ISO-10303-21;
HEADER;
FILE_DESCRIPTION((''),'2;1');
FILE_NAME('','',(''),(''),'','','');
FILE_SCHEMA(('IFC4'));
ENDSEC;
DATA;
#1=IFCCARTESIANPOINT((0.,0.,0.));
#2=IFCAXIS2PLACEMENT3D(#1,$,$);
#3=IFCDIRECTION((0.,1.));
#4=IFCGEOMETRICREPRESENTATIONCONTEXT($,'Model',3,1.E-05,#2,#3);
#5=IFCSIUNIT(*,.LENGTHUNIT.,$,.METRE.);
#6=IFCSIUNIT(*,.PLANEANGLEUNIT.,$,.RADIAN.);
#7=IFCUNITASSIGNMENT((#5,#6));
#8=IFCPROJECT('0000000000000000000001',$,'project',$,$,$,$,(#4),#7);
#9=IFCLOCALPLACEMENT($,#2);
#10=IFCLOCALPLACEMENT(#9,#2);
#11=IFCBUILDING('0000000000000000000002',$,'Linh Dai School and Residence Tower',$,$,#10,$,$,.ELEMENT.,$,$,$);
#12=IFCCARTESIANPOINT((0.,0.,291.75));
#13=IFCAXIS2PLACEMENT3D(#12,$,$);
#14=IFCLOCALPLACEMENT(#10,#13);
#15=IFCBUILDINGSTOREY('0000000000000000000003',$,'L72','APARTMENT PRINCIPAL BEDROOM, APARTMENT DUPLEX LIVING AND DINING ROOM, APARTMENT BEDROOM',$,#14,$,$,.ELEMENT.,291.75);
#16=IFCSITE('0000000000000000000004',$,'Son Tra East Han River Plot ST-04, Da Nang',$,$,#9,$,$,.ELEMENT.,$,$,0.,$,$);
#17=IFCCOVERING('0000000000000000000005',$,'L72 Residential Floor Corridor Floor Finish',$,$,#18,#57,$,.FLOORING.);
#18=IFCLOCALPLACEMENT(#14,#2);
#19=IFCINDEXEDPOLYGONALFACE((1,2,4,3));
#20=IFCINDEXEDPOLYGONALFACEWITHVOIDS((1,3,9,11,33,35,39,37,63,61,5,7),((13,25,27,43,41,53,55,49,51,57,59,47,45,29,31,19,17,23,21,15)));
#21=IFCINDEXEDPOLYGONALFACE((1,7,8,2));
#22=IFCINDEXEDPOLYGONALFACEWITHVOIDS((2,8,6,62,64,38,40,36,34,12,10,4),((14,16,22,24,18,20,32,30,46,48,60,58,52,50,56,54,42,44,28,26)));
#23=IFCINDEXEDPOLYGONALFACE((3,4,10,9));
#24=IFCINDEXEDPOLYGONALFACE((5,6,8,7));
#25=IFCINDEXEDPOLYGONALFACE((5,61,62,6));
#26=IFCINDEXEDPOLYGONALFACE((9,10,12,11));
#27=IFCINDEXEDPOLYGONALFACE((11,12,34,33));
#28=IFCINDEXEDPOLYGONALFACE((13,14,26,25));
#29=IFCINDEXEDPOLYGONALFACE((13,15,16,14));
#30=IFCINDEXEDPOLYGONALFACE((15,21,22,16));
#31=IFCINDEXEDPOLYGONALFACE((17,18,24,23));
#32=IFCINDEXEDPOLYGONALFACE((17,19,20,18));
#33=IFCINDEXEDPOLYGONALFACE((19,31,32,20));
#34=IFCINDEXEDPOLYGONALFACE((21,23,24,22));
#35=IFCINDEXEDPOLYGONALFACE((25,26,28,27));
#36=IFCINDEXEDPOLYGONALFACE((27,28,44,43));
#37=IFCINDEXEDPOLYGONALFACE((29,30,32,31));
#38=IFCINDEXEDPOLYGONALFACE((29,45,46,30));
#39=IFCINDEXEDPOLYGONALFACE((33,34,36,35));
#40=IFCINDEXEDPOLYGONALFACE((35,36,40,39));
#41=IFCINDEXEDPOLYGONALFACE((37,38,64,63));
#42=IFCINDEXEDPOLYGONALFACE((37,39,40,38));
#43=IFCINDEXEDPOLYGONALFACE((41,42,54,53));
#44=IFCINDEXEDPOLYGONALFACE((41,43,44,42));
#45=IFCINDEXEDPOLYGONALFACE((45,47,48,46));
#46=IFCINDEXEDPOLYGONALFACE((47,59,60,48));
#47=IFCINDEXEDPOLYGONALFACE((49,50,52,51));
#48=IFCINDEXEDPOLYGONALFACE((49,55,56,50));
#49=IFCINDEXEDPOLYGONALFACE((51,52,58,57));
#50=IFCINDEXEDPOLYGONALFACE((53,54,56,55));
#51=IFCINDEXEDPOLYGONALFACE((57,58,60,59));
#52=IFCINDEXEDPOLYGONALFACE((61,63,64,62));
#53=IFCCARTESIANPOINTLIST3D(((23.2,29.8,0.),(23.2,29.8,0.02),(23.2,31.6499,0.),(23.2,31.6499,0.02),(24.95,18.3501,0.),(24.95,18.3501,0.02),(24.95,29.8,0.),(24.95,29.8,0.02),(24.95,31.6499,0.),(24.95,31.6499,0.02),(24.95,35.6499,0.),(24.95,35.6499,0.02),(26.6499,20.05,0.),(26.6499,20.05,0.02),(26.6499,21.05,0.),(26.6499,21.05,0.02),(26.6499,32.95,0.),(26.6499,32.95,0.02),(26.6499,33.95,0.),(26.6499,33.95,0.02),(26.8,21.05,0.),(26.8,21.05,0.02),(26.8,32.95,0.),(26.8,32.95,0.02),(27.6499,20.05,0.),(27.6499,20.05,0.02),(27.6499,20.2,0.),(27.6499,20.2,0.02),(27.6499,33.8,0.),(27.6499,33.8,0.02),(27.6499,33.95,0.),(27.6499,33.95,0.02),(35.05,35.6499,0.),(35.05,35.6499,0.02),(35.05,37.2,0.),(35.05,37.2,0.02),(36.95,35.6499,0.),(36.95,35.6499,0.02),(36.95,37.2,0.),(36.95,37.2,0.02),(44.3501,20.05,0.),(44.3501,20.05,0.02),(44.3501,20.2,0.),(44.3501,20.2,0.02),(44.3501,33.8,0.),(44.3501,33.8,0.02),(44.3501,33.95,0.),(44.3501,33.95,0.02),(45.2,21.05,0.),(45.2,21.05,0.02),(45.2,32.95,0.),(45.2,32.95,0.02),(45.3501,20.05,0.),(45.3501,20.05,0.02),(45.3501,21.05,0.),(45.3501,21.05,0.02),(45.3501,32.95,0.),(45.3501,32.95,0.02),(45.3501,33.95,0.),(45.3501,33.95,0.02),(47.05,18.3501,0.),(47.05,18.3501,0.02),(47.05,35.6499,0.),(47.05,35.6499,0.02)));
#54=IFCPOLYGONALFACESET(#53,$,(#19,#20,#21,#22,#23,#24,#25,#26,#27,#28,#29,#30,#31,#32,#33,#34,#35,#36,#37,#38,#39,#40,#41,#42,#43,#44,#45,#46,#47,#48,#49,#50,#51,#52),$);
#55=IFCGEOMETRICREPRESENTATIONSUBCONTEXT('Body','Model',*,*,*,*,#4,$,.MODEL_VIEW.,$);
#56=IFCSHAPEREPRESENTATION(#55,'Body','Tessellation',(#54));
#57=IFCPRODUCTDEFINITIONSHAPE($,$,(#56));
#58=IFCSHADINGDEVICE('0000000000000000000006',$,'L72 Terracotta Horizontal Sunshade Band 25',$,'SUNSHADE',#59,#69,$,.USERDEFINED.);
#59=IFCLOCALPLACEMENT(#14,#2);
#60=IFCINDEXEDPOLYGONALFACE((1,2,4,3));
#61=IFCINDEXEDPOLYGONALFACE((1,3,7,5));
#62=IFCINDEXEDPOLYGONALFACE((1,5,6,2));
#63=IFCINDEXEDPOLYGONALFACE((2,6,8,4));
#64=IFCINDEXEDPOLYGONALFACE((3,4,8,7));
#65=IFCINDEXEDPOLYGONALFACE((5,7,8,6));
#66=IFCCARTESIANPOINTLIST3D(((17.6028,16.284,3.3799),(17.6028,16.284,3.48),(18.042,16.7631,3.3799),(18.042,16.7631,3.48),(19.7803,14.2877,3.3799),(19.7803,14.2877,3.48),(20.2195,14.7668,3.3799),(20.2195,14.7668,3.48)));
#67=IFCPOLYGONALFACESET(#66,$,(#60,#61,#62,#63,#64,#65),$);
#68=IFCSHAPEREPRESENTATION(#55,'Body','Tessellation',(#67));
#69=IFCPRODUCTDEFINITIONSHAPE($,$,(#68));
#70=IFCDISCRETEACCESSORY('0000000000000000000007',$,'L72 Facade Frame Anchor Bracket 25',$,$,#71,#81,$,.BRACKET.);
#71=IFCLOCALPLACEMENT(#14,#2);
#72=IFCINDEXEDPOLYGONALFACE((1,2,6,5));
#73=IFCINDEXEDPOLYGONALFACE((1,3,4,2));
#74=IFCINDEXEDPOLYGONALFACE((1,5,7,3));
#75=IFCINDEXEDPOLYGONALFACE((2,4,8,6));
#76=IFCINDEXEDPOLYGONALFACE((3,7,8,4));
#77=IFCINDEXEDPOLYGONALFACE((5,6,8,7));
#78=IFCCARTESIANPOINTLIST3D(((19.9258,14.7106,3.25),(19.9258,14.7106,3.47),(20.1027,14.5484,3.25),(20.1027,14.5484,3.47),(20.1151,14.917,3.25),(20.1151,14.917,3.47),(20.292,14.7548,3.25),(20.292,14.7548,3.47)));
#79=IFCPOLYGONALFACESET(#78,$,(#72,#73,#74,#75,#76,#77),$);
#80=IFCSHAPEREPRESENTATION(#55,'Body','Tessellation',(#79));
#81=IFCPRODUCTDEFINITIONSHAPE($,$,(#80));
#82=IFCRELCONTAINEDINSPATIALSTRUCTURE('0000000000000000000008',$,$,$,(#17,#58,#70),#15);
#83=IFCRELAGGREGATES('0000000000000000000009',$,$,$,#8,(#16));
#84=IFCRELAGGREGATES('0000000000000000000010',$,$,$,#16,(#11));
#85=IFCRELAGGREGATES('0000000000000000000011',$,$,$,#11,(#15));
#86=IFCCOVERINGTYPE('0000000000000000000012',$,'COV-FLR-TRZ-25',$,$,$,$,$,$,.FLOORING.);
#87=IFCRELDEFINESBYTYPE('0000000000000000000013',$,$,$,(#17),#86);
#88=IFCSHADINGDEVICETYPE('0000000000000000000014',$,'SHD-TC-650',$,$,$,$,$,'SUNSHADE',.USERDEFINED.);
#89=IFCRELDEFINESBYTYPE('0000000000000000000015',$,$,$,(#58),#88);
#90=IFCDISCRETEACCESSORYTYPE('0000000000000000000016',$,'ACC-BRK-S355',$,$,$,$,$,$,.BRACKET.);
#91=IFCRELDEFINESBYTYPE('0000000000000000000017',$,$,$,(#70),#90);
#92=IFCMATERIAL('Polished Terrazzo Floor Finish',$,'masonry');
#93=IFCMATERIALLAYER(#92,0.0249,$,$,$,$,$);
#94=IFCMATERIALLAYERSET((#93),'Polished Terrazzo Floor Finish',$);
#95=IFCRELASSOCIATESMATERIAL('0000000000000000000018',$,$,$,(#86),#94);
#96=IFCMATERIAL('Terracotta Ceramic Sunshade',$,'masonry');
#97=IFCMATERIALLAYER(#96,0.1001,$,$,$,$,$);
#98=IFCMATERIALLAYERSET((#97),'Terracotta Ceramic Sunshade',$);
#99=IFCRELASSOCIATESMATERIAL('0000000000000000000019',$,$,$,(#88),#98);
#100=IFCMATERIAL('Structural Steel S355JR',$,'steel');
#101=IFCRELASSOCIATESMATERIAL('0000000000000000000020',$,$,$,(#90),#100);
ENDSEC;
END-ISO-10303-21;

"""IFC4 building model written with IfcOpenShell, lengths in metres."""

from ifc_helpers import new_model, si_unit, direction, frame, origin, origin_2d, place, context, subcontext, project, spatial, polyline, rectangle, outline, extrude, source, transform, mapped, material, layer, layer_set, type_object, element, save


model = new_model("IFC4")

# Units and contexts
model_context = context("Model", 3, precision=1e-05, world=origin(), true_north=direction((0.0, 1.0)))
body_context = subcontext(model_context, "Body", "Model", "MODEL_VIEW")
ifc_project = project(units=[si_unit("LENGTHUNIT", "METRE"), si_unit("PLANEANGLEUNIT", "RADIAN")], contexts=[model_context])

# Site, building, storey
site_placement = place(None, origin())
site = spatial("IfcSite", under=ifc_project, at=site_placement, Name="Son Tra East Han River Plot ST-04, Da Nang", CompositionType="ELEMENT", RefElevation=0.0)
building_placement = place(site_placement, origin())
building = spatial("IfcBuilding", under=site, at=building_placement, Name="Linh Dai School and Residence Tower", CompositionType="ELEMENT")
storey_placement = place(building_placement, frame((0.0, 0.0, 291.75)))
storey = spatial("IfcBuildingStorey", under=building, at=storey_placement, Name="L72", Description="APARTMENT PRINCIPAL BEDROOM, APARTMENT DUPLEX LIVING AND DINING ROOM, APARTMENT BEDROOM", CompositionType="ELEMENT", Elevation=291.75)

# Shared definitions
ifc_material_1 = material(Name="Structural Steel S355JR", Category="steel")

# Covering
ifc_material_2 = material(Name="Polished Terrazzo Floor Finish", Category="masonry")
ifc_layer_1 = layer(ifc_material_2, 0.0249)
ifc_layer_set_1 = layer_set([ifc_layer_1], Name="Polished Terrazzo Floor Finish")
covering_type_1 = type_object("IfcCoveringType", Name="COV-FLR-TRZ-25", PredefinedType="FLOORING", material=ifc_layer_set_1)
covering_1_placement = place(storey_placement, origin())
element("IfcCovering", 1, at=covering_1_placement, inside=storey, type_object=covering_type_1, Name="L72 Residential Floor Corridor Floor Finish", PredefinedType="FLOORING", context=body_context, shape_type="SweptSolid", body=[
    extrude(outline(polyline([(23.2, 31.6499), (24.95, 31.6499), (24.95, 35.6499), (35.05, 35.6499), (35.05, 37.2), (36.95, 37.2), (36.95, 35.6499), (47.05, 35.6499), (47.05, 18.3501), (24.95, 18.3501), (24.95, 29.8), (23.2, 29.8), (23.2, 31.6499)]), holes=[polyline([(27.6499, 33.8), (27.6499, 33.95), (26.6499, 33.95), (26.6499, 32.95), (26.8, 32.95), (26.8, 21.05), (26.6499, 21.05), (26.6499, 20.05), (27.6499, 20.05), (27.6499, 20.2), (44.3501, 20.2), (44.3501, 20.05), (45.3501, 20.05), (45.3501, 21.05), (45.2, 21.05), (45.2, 32.95), (45.3501, 32.95), (45.3501, 33.95), (44.3501, 33.95), (44.3501, 33.8), (27.6499, 33.8)])]), origin(), (0.0, 0.0, 1.0), 0.02),
])

# Shading device
ifc_material_3 = material(Name="Terracotta Ceramic Sunshade", Category="masonry")
ifc_layer_2 = layer(ifc_material_3, 0.1001)
ifc_layer_set_2 = layer_set([ifc_layer_2], Name="Terracotta Ceramic Sunshade")
shading_device_type = type_object("IfcShadingDeviceType", Name="SHD-TC-650", ElementType="SUNSHADE", PredefinedType="USERDEFINED", material=ifc_layer_set_2)
shared_shape_1 = source(origin(), body_context, "Body", "SweptSolid", [
    extrude(rectangle(XDim=2.9541, YDim=0.6499, at=origin_2d()), origin(), (0.0, 0.0, 1.0), 0.1001),
])
shading_device_placement = place(storey_placement, frame((18.9111, 15.5254, 3.3799), z_axis=(0.0, 0.0, 1.0), x_axis=(-0.737104, 0.675779, 0.0)))
element("IfcShadingDevice", 2, at=shading_device_placement, inside=storey, type_object=shading_device_type, Name="L72 Terracotta Horizontal Sunshade Band 25", ObjectType="SUNSHADE", PredefinedType="USERDEFINED", context=body_context, shape_type="MappedRepresentation", body=[
    mapped(shared_shape_1, transform((0.0, 0.0, 0.0), x_axis=(1.0, 0.0, 0.0), y_axis=(0.0, 1.0, 0.0), z_axis=(0.0, 0.0, 1.0), scale=1.0)),
])

# Discrete accessory
discrete_accessory_type = type_object("IfcDiscreteAccessoryType", Name="ACC-BRK-S355", PredefinedType="BRACKET", material=ifc_material_1)
shared_shape_2 = source(origin(), body_context, "Body", "SweptSolid", [
    extrude(rectangle(XDim=0.28, YDim=0.24, at=origin_2d()), origin(), (0.0, 0.0, 1.0), 0.22),
])
discrete_accessory_placement = place(storey_placement, frame((20.1089, 14.7327, 3.25), z_axis=(0.0, 0.0, 1.0), x_axis=(-0.675779, -0.737104, 0.0)))
element("IfcDiscreteAccessory", 3, at=discrete_accessory_placement, inside=storey, type_object=discrete_accessory_type, Name="L72 Facade Frame Anchor Bracket 25", PredefinedType="BRACKET", context=body_context, shape_type="MappedRepresentation", body=[
    mapped(shared_shape_2, transform((0.0, 0.0, 0.0), x_axis=(1.0, 0.0, 0.0), y_axis=(0.0, 1.0, 0.0), z_axis=(0.0, 0.0, 1.0), scale=1.0)),
])

save(model, "model.ifc")
